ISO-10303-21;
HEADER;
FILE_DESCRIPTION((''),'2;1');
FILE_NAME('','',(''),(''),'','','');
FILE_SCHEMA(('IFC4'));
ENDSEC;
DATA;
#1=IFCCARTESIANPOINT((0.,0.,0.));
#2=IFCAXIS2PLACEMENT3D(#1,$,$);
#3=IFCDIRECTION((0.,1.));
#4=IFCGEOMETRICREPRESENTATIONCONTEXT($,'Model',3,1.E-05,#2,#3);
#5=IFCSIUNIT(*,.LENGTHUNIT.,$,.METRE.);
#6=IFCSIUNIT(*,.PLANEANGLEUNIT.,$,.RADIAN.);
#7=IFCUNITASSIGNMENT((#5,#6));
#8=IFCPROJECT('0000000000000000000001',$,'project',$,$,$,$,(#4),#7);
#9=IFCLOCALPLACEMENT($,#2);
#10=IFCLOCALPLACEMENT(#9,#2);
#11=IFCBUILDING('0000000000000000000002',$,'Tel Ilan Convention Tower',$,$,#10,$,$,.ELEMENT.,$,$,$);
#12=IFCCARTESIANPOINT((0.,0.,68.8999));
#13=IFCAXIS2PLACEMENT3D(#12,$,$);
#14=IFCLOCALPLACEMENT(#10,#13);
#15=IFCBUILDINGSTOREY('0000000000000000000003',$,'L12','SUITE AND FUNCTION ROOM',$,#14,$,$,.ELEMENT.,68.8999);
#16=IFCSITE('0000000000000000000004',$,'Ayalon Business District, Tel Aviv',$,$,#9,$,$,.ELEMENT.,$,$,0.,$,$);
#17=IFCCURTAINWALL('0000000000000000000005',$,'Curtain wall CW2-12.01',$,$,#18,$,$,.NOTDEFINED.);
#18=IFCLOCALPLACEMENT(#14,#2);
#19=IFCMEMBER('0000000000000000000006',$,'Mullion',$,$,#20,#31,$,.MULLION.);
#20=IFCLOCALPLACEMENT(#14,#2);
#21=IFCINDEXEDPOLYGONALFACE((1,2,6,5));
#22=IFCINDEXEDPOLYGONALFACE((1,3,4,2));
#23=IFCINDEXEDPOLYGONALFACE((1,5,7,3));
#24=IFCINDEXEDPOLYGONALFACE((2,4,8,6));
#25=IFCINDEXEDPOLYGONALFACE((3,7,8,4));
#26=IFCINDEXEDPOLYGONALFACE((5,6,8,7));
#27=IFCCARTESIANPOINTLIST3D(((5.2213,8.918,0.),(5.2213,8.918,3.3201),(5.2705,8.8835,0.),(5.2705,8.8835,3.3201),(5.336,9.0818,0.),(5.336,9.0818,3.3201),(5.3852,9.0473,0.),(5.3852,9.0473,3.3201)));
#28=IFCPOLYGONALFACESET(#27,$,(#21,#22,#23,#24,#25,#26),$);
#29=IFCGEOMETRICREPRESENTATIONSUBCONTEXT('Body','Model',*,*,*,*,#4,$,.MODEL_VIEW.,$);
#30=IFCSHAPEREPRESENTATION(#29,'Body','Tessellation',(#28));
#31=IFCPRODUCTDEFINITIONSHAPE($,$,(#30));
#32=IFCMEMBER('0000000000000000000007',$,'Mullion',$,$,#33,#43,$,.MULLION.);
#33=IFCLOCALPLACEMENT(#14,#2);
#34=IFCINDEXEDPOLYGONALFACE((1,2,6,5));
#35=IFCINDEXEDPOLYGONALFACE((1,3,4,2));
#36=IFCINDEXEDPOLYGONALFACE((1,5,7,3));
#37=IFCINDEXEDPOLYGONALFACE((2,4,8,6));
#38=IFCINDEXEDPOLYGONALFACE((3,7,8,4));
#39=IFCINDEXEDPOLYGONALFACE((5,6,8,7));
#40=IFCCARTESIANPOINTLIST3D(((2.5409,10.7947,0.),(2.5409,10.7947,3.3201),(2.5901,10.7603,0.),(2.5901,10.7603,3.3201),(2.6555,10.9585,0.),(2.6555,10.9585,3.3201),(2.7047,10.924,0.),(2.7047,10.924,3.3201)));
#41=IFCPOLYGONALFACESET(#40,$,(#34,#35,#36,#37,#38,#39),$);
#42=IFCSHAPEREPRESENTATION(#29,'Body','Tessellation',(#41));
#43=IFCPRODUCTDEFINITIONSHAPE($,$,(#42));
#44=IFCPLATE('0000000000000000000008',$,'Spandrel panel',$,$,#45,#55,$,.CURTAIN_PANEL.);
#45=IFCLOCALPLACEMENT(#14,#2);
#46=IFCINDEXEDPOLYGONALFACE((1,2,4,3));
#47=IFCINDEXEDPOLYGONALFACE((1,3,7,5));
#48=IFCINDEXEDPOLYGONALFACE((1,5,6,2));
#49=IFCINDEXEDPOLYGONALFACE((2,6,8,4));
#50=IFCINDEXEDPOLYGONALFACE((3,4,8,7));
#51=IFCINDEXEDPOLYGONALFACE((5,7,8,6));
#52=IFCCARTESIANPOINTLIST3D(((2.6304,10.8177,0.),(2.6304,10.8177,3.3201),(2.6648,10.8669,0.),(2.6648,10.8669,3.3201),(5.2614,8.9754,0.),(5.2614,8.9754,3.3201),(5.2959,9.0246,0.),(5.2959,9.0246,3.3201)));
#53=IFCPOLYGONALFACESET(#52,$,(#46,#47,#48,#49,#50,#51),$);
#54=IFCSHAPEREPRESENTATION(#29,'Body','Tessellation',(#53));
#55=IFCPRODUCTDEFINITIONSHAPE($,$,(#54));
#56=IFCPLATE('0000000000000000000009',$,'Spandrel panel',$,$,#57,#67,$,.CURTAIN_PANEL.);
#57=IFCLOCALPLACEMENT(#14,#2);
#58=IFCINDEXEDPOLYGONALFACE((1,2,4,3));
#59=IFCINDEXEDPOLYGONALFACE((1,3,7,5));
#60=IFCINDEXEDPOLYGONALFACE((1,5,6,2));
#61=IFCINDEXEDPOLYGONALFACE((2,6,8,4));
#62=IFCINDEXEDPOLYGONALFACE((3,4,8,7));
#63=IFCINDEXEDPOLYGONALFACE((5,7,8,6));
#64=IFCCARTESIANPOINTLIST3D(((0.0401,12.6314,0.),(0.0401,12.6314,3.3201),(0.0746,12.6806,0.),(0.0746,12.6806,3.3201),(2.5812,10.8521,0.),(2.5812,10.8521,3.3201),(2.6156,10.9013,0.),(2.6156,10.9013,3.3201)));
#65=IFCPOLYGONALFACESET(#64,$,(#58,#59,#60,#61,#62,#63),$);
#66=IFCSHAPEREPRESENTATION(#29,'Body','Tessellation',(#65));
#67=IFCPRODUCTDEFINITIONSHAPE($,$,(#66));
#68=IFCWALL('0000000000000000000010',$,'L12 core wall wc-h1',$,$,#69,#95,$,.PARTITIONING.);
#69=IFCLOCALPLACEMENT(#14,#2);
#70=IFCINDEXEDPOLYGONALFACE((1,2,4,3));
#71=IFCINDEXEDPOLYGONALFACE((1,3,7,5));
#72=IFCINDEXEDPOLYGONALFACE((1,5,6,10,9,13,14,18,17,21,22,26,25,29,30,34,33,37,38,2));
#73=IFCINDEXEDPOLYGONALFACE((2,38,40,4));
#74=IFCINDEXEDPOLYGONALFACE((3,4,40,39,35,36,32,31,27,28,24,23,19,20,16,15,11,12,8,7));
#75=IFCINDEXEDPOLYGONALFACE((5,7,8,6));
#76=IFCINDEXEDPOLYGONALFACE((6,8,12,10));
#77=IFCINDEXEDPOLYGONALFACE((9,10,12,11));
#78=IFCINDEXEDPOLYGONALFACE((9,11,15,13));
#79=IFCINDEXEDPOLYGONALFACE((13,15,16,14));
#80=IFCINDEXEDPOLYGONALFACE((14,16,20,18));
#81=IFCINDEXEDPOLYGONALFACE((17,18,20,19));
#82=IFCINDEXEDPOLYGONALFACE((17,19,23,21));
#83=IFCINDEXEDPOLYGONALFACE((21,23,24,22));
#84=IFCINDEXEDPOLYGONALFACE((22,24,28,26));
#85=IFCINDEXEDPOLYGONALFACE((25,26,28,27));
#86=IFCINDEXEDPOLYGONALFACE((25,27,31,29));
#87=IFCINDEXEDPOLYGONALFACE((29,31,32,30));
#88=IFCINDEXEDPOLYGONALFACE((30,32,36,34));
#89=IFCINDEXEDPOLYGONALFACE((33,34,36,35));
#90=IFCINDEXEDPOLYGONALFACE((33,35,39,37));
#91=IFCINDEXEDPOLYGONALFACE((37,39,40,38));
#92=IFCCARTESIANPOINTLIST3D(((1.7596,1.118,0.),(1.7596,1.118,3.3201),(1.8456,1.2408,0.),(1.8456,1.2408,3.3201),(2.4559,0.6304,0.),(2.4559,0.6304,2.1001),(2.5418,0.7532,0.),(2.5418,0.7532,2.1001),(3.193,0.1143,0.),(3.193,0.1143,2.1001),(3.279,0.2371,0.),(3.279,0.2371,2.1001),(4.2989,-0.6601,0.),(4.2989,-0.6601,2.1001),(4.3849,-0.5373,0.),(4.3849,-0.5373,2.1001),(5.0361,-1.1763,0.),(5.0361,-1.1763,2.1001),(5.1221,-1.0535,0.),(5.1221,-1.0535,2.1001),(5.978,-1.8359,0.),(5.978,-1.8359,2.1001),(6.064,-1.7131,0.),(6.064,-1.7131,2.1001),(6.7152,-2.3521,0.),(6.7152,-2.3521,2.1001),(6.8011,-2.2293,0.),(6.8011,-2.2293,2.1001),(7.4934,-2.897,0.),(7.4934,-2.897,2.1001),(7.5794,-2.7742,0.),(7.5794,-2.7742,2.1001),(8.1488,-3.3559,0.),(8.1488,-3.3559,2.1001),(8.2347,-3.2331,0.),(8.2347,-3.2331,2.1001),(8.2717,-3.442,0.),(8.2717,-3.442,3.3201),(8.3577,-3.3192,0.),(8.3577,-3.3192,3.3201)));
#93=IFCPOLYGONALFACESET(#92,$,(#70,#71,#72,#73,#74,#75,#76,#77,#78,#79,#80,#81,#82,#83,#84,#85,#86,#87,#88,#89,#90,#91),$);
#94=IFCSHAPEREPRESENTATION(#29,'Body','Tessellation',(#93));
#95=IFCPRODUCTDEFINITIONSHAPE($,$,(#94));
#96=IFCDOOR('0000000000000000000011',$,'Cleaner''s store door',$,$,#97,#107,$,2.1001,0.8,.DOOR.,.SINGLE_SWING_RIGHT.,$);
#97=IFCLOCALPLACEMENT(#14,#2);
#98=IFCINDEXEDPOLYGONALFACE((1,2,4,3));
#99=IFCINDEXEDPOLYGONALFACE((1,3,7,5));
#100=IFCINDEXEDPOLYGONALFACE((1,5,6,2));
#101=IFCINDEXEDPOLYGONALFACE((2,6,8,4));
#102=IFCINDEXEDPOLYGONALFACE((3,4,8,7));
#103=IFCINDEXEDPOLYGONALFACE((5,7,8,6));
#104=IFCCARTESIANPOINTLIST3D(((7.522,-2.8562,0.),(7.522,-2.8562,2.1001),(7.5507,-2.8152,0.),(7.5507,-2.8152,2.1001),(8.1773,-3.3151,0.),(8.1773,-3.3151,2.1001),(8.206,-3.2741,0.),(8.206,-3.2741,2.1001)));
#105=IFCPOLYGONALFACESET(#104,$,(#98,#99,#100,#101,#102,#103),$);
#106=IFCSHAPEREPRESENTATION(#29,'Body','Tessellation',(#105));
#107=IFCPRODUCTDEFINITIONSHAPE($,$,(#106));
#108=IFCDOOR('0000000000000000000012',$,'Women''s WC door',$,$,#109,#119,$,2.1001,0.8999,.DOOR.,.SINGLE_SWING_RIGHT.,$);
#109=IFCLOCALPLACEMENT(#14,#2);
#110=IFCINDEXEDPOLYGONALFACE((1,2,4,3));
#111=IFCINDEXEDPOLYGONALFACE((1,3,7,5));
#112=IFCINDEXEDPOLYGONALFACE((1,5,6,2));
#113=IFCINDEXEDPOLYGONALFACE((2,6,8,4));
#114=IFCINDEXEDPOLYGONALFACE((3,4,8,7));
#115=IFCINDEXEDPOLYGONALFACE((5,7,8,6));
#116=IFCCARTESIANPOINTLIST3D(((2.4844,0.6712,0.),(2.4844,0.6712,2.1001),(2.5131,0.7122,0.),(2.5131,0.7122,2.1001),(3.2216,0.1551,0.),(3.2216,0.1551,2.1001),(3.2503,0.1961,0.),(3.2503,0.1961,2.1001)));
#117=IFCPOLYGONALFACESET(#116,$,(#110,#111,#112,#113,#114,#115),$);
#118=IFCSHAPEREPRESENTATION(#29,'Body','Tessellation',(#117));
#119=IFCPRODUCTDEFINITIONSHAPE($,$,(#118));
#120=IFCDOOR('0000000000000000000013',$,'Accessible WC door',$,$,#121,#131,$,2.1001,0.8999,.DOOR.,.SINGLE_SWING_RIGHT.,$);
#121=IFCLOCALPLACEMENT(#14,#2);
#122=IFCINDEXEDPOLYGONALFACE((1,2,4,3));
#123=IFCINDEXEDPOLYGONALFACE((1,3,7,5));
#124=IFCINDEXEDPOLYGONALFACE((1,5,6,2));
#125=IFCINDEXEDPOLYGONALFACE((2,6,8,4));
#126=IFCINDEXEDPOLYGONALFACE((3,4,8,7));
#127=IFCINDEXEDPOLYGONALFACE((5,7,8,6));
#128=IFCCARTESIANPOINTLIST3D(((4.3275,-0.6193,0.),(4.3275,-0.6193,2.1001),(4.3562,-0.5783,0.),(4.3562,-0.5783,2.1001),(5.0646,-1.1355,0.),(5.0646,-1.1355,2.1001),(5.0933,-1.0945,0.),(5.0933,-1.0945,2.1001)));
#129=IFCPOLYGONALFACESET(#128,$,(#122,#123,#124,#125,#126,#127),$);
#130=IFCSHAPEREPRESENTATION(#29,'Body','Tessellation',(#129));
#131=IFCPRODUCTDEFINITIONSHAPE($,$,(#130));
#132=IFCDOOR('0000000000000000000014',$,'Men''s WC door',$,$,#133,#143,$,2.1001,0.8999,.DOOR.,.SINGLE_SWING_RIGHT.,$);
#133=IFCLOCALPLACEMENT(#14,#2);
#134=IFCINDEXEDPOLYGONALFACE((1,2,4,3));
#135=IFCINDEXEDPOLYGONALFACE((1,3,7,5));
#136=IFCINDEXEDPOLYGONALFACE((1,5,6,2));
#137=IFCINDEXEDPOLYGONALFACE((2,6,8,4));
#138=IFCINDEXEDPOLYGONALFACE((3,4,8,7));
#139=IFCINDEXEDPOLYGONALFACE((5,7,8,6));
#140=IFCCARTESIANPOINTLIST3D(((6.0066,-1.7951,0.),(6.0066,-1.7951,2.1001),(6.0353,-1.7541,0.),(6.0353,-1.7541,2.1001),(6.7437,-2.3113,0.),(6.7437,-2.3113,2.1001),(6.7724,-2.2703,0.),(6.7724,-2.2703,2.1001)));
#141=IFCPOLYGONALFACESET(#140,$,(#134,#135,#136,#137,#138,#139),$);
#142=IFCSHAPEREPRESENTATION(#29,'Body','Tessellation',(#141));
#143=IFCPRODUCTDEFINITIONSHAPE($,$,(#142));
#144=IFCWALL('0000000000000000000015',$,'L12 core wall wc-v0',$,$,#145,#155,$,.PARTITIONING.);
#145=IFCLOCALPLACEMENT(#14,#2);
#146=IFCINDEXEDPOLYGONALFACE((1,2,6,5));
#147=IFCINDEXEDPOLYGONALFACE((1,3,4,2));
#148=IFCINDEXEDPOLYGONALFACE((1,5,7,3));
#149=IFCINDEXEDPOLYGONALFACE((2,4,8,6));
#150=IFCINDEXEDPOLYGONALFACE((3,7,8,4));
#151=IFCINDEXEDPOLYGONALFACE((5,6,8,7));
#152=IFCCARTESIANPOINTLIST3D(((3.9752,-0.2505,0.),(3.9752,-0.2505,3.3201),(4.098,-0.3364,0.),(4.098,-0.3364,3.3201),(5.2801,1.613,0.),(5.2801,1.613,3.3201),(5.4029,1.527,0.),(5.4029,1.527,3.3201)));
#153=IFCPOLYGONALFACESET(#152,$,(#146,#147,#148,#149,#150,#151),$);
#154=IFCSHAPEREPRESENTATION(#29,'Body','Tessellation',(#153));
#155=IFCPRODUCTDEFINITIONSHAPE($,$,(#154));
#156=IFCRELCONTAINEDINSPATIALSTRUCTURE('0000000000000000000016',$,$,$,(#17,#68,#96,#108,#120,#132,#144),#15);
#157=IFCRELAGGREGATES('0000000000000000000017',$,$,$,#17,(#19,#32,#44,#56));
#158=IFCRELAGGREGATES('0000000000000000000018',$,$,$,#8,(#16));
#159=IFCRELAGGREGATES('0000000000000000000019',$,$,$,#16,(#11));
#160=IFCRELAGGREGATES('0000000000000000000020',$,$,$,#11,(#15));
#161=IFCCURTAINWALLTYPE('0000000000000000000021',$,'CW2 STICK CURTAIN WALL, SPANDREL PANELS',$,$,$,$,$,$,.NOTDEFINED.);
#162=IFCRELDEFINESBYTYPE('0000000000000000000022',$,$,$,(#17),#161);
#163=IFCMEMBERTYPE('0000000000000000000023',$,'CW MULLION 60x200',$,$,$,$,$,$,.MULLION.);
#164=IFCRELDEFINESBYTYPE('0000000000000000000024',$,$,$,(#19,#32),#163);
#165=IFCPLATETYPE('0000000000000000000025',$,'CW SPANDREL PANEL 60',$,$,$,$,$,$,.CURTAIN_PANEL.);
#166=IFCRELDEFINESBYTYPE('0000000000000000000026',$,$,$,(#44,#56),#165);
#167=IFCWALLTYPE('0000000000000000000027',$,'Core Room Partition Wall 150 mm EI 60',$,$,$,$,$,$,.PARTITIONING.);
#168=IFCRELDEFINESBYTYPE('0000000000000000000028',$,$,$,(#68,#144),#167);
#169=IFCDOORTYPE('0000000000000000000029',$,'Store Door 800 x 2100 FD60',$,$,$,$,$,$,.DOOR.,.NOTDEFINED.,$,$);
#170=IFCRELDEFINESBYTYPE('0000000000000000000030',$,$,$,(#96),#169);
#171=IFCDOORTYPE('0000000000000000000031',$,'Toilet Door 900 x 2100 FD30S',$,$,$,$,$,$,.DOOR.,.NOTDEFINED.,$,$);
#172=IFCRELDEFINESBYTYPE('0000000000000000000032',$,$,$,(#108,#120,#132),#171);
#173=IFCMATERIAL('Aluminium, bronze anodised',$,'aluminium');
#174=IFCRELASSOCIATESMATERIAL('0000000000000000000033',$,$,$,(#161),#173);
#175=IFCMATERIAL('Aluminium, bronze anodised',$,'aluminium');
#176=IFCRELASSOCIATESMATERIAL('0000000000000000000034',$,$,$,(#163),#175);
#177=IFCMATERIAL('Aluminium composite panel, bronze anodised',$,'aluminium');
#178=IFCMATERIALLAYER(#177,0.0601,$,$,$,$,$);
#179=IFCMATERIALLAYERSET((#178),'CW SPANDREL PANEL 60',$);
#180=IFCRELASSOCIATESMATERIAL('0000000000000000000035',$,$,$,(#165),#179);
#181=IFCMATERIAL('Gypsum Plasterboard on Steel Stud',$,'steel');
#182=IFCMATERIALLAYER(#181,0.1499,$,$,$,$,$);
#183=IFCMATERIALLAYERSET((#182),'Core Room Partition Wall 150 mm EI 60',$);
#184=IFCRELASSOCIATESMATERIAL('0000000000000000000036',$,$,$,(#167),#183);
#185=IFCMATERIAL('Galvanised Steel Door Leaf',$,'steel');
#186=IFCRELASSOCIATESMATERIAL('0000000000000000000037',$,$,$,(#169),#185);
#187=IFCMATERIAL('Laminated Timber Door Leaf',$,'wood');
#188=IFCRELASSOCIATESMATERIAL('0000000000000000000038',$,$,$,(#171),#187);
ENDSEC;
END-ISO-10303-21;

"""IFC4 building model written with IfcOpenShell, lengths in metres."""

from ifc_helpers import new_model, si_unit, direction, frame, frame_2d, origin, origin_2d, place, context, subcontext, project, spatial, rectangle, extrude, material, layer, layer_set, material_profile, profile_set, type_object, element, fill, aggregate, save


model = new_model("IFC4")

# Units and contexts
model_context = context("Model", 3, precision=1e-05, world=origin(), true_north=direction((0.0, 1.0)))
body_context = subcontext(model_context, "Body", "Model", "MODEL_VIEW")
ifc_project = project(units=[si_unit("LENGTHUNIT", "METRE"), si_unit("PLANEANGLEUNIT", "RADIAN")], contexts=[model_context])

# Site, building, storey
site_placement = place(None, origin())
site = spatial("IfcSite", under=ifc_project, at=site_placement, Name="Ayalon Business District, Tel Aviv", CompositionType="ELEMENT", RefElevation=0.0)
building_placement = place(site_placement, origin())
building = spatial("IfcBuilding", under=site, at=building_placement, Name="Tel Ilan Convention Tower", CompositionType="ELEMENT")
storey_placement = place(building_placement, frame((0.0, 0.0, 68.8999)))
storey = spatial("IfcBuildingStorey", under=building, at=storey_placement, Name="L12", Description="SUITE AND FUNCTION ROOM", CompositionType="ELEMENT", Elevation=68.8999)

# Curtain wall, members, plates
ifc_material_1 = material(Name="Aluminium, bronze anodised", Category="aluminium")
curtain_wall_type = type_object("IfcCurtainWallType", Name="CW2 STICK CURTAIN WALL, SPANDREL PANELS", PredefinedType="NOTDEFINED", material=ifc_material_1)
curtain_wall_placement = place(storey_placement, origin())
curtain_wall = element("IfcCurtainWall", 1, at=curtain_wall_placement, inside=storey, type_object=curtain_wall_type, Name="Curtain wall CW2-12.01", PredefinedType="NOTDEFINED")
ifc_material_2 = material(Name="Aluminium, bronze anodised", Category="aluminium")
ifc_material_profile = material_profile(ifc_material_2, rectangle(XDim=0.0601, YDim=0.2, at=origin_2d()), Name="CW MULLION 60x200")
ifc_profile_set = profile_set([ifc_material_profile], Name="Aluminium, bronze anodised")
member_type = type_object("IfcMemberType", Name="CW MULLION 60x200", PredefinedType="MULLION", material=ifc_profile_set)
member_1_placement = place(storey_placement, frame((5.3032, 8.9827, 0.0), z_axis=(0.0, 0.0, 1.0), x_axis=(-0.819152, 0.573576, 0.0)))
member_1 = element("IfcMember", 2, at=member_1_placement, type_object=member_type, Name="Mullion", PredefinedType="MULLION", context=body_context, shape_type="SweptSolid", body=[
    extrude(rectangle(XDim=0.0601, YDim=0.2, at=origin_2d()), origin(), (0.0, 0.0, 1.0), 3.3201),
])
member_2_placement = place(storey_placement, frame((2.6228, 10.8594, 0.0), z_axis=(0.0, 0.0, 1.0), x_axis=(-0.819152, 0.573576, 0.0)))
member_2 = element("IfcMember", 3, at=member_2_placement, type_object=member_type, Name="Mullion", PredefinedType="MULLION", context=body_context, shape_type="SweptSolid", body=[
    extrude(rectangle(XDim=0.0601, YDim=0.2, at=origin_2d()), origin(), (0.0, 0.0, 1.0), 3.3201),
])
ifc_material_3 = material(Name="Aluminium composite panel, bronze anodised", Category="aluminium")
ifc_layer_1 = layer(ifc_material_3, 0.0601)
ifc_layer_set_1 = layer_set([ifc_layer_1], Name="CW SPANDREL PANEL 60")
plate_type = type_object("IfcPlateType", Name="CW SPANDREL PANEL 60", PredefinedType="CURTAIN_PANEL", material=ifc_layer_set_1)
plate_1_placement = place(storey_placement, frame((3.9631, 9.9211, 0.0), z_axis=(0.0, 0.0, 1.0), x_axis=(-0.819152, 0.573576, 0.0)))
plate_1 = element("IfcPlate", 4, at=plate_1_placement, type_object=plate_type, Name="Spandrel panel", PredefinedType="CURTAIN_PANEL", context=body_context, shape_type="SweptSolid", body=[
    extrude(rectangle(XDim=3.2119, YDim=0.0601, at=origin_2d()), origin(), (0.0, 0.0, 1.0), 3.3201),
])
plate_2_placement = place(storey_placement, frame((1.3279, 11.7664, 0.0), z_axis=(0.0, 0.0, 1.0), x_axis=(-0.819152, 0.573576, 0.0)))
plate_2 = element("IfcPlate", 5, at=plate_2_placement, type_object=plate_type, Name="Spandrel panel", PredefinedType="CURTAIN_PANEL", context=body_context, shape_type="SweptSolid", body=[
    extrude(rectangle(XDim=3.1021, YDim=0.0601, at=origin_2d()), origin(), (0.0, 0.0, 1.0), 3.3201),
])
aggregate(curtain_wall, [member_1, member_2, plate_1, plate_2])

# Wall, openings, doors
ifc_material_4 = material(Name="Gypsum Plasterboard on Steel Stud", Category="steel")
ifc_layer_2 = layer(ifc_material_4, 0.1499)
ifc_layer_set_2 = layer_set([ifc_layer_2], Name="Core Room Partition Wall 150 mm EI 60")
wall_type_1 = type_object("IfcWallType", Name="Core Room Partition Wall 150 mm EI 60", PredefinedType="PARTITIONING", material=ifc_layer_set_2)
wall_1_placement = place(storey_placement, frame((1.8025, 1.1794, 0.0), z_axis=(0.0, 0.0, 1.0), x_axis=(0.819142, -0.57359, 0.0)))
wall_1 = element("IfcWall", 6, at=wall_1_placement, inside=storey, type_object=wall_type_1, Name="L12 core wall wc-h1", PredefinedType="PARTITIONING", context=body_context, shape_type="SweptSolid", body=[
    extrude(rectangle(XDim=7.95, YDim=0.1499, at=frame_2d((3.9751, 0.0))), origin(), (0.0, 0.0, 1.0), 3.3201),
])
opening_1_placement = place(wall_1_placement, frame((0.8501, 0.0, 0.0)))
opening_1 = element("IfcOpeningElement", 7, at=opening_1_placement, cuts=wall_1, PredefinedType="OPENING", context=body_context, shape_type="SweptSolid", body=[
    extrude(rectangle(XDim=0.8999, YDim=2.1001, at=frame_2d((0.45, 1.05))), frame((0.0, 0.085, 0.0), z_axis=(0.0, -1.0, 0.0), x_axis=(1.0, 0.0, 0.0)), (0.0, 0.0, 1.0), 0.1699),
])
opening_2_placement = place(wall_1_placement, frame((3.1001, 0.0, 0.0)))
opening_2 = element("IfcOpeningElement", 8, at=opening_2_placement, cuts=wall_1, PredefinedType="OPENING", context=body_context, shape_type="SweptSolid", body=[
    extrude(rectangle(XDim=0.8999, YDim=2.1001, at=frame_2d((0.45, 1.05))), frame((0.0, 0.085, 0.0), z_axis=(0.0, -1.0, 0.0), x_axis=(1.0, 0.0, 0.0)), (0.0, 0.0, 1.0), 0.1699),
])
opening_3_placement = place(wall_1_placement, frame((5.1499, 0.0, 0.0)))
opening_3 = element("IfcOpeningElement", 9, at=opening_3_placement, cuts=wall_1, PredefinedType="OPENING", context=body_context, shape_type="SweptSolid", body=[
    extrude(rectangle(XDim=0.8999, YDim=2.1001, at=frame_2d((0.45, 1.05))), frame((0.0, 0.085, 0.0), z_axis=(0.0, -1.0, 0.0), x_axis=(1.0, 0.0, 0.0)), (0.0, 0.0, 1.0), 0.1699),
])
opening_4_placement = place(wall_1_placement, frame((7.0, 0.0, 0.0)))
opening_4 = element("IfcOpeningElement", 10, at=opening_4_placement, cuts=wall_1, PredefinedType="OPENING", context=body_context, shape_type="SweptSolid", body=[
    extrude(rectangle(XDim=0.8, YDim=2.1001, at=frame_2d((0.3999, 1.05))), frame((0.0, 0.085, 0.0), z_axis=(0.0, -1.0, 0.0), x_axis=(1.0, 0.0, 0.0)), (0.0, 0.0, 1.0), 0.1699),
])
ifc_material_5 = material(Name="Galvanised Steel Door Leaf", Category="steel")
door_type_1 = type_object("IfcDoorType", Name="Store Door 800 x 2100 FD60", OperationType="NOTDEFINED", PredefinedType="DOOR", material=ifc_material_5)
door_1_placement = place(opening_4_placement, origin())
door_1 = element("IfcDoor", 11, at=door_1_placement, inside=storey, type_object=door_type_1, Name="Cleaner's store door", OperationType="SINGLE_SWING_RIGHT", OverallHeight=2.1001, OverallWidth=0.8, PredefinedType="DOOR", context=body_context, shape_type="SweptSolid", body=[
    extrude(rectangle(XDim=0.8, YDim=2.1001, at=frame_2d((0.3999, 1.05))), frame((0.0, 0.0249, 0.0), z_axis=(0.0, -1.0, 0.0), x_axis=(1.0, 0.0, 0.0)), (0.0, 0.0, 1.0), 0.05),
])
fill(opening_4, door_1)
ifc_material_6 = material(Name="Laminated Timber Door Leaf", Category="wood")
door_type_2 = type_object("IfcDoorType", Name="Toilet Door 900 x 2100 FD30S", OperationType="NOTDEFINED", PredefinedType="DOOR", material=ifc_material_6)
door_2_placement = place(opening_1_placement, origin())
door_2 = element("IfcDoor", 12, at=door_2_placement, inside=storey, type_object=door_type_2, Name="Women's WC door", OperationType="SINGLE_SWING_RIGHT", OverallHeight=2.1001, OverallWidth=0.8999, PredefinedType="DOOR", context=body_context, shape_type="SweptSolid", body=[
    extrude(rectangle(XDim=0.8999, YDim=2.1001, at=frame_2d((0.45, 1.05))), frame((0.0, 0.0249, 0.0), z_axis=(0.0, -1.0, 0.0), x_axis=(1.0, 0.0, 0.0)), (0.0, 0.0, 1.0), 0.05),
])
fill(opening_1, door_2)
door_3_placement = place(opening_2_placement, origin())
door_3 = element("IfcDoor", 13, at=door_3_placement, inside=storey, type_object=door_type_2, Name="Accessible WC door", OperationType="SINGLE_SWING_RIGHT", OverallHeight=2.1001, OverallWidth=0.8999, PredefinedType="DOOR", context=body_context, shape_type="SweptSolid", body=[
    extrude(rectangle(XDim=0.8999, YDim=2.1001, at=frame_2d((0.45, 1.05))), frame((0.0, 0.0249, 0.0), z_axis=(0.0, -1.0, 0.0), x_axis=(1.0, 0.0, 0.0)), (0.0, 0.0, 1.0), 0.05),
])
fill(opening_2, door_3)
door_4_placement = place(opening_3_placement, origin())
door_4 = element("IfcDoor", 14, at=door_4_placement, inside=storey, type_object=door_type_2, Name="Men's WC door", OperationType="SINGLE_SWING_RIGHT", OverallHeight=2.1001, OverallWidth=0.8999, PredefinedType="DOOR", context=body_context, shape_type="SweptSolid", body=[
    extrude(rectangle(XDim=0.8999, YDim=2.1001, at=frame_2d((0.45, 1.05))), frame((0.0, 0.0249, 0.0), z_axis=(0.0, -1.0, 0.0), x_axis=(1.0, 0.0, 0.0)), (0.0, 0.0, 1.0), 0.05),
])
fill(opening_3, door_4)

# Wall
wall_2_placement = place(storey_placement, frame((4.0366, -0.2935, 0.0), z_axis=(0.0, 0.0, 1.0), x_axis=(0.573599, 0.819136, 0.0)))
element("IfcWall", 15, at=wall_2_placement, inside=storey, type_object=wall_type_1, Name="L12 core wall wc-v0", PredefinedType="PARTITIONING", context=body_context, shape_type="SweptSolid", body=[
    extrude(rectangle(XDim=2.2749, YDim=0.1499, at=frame_2d((1.1375, 0.0))), origin(), (0.0, 0.0, 1.0), 3.3201),
])

save(model, "model.ifc")
